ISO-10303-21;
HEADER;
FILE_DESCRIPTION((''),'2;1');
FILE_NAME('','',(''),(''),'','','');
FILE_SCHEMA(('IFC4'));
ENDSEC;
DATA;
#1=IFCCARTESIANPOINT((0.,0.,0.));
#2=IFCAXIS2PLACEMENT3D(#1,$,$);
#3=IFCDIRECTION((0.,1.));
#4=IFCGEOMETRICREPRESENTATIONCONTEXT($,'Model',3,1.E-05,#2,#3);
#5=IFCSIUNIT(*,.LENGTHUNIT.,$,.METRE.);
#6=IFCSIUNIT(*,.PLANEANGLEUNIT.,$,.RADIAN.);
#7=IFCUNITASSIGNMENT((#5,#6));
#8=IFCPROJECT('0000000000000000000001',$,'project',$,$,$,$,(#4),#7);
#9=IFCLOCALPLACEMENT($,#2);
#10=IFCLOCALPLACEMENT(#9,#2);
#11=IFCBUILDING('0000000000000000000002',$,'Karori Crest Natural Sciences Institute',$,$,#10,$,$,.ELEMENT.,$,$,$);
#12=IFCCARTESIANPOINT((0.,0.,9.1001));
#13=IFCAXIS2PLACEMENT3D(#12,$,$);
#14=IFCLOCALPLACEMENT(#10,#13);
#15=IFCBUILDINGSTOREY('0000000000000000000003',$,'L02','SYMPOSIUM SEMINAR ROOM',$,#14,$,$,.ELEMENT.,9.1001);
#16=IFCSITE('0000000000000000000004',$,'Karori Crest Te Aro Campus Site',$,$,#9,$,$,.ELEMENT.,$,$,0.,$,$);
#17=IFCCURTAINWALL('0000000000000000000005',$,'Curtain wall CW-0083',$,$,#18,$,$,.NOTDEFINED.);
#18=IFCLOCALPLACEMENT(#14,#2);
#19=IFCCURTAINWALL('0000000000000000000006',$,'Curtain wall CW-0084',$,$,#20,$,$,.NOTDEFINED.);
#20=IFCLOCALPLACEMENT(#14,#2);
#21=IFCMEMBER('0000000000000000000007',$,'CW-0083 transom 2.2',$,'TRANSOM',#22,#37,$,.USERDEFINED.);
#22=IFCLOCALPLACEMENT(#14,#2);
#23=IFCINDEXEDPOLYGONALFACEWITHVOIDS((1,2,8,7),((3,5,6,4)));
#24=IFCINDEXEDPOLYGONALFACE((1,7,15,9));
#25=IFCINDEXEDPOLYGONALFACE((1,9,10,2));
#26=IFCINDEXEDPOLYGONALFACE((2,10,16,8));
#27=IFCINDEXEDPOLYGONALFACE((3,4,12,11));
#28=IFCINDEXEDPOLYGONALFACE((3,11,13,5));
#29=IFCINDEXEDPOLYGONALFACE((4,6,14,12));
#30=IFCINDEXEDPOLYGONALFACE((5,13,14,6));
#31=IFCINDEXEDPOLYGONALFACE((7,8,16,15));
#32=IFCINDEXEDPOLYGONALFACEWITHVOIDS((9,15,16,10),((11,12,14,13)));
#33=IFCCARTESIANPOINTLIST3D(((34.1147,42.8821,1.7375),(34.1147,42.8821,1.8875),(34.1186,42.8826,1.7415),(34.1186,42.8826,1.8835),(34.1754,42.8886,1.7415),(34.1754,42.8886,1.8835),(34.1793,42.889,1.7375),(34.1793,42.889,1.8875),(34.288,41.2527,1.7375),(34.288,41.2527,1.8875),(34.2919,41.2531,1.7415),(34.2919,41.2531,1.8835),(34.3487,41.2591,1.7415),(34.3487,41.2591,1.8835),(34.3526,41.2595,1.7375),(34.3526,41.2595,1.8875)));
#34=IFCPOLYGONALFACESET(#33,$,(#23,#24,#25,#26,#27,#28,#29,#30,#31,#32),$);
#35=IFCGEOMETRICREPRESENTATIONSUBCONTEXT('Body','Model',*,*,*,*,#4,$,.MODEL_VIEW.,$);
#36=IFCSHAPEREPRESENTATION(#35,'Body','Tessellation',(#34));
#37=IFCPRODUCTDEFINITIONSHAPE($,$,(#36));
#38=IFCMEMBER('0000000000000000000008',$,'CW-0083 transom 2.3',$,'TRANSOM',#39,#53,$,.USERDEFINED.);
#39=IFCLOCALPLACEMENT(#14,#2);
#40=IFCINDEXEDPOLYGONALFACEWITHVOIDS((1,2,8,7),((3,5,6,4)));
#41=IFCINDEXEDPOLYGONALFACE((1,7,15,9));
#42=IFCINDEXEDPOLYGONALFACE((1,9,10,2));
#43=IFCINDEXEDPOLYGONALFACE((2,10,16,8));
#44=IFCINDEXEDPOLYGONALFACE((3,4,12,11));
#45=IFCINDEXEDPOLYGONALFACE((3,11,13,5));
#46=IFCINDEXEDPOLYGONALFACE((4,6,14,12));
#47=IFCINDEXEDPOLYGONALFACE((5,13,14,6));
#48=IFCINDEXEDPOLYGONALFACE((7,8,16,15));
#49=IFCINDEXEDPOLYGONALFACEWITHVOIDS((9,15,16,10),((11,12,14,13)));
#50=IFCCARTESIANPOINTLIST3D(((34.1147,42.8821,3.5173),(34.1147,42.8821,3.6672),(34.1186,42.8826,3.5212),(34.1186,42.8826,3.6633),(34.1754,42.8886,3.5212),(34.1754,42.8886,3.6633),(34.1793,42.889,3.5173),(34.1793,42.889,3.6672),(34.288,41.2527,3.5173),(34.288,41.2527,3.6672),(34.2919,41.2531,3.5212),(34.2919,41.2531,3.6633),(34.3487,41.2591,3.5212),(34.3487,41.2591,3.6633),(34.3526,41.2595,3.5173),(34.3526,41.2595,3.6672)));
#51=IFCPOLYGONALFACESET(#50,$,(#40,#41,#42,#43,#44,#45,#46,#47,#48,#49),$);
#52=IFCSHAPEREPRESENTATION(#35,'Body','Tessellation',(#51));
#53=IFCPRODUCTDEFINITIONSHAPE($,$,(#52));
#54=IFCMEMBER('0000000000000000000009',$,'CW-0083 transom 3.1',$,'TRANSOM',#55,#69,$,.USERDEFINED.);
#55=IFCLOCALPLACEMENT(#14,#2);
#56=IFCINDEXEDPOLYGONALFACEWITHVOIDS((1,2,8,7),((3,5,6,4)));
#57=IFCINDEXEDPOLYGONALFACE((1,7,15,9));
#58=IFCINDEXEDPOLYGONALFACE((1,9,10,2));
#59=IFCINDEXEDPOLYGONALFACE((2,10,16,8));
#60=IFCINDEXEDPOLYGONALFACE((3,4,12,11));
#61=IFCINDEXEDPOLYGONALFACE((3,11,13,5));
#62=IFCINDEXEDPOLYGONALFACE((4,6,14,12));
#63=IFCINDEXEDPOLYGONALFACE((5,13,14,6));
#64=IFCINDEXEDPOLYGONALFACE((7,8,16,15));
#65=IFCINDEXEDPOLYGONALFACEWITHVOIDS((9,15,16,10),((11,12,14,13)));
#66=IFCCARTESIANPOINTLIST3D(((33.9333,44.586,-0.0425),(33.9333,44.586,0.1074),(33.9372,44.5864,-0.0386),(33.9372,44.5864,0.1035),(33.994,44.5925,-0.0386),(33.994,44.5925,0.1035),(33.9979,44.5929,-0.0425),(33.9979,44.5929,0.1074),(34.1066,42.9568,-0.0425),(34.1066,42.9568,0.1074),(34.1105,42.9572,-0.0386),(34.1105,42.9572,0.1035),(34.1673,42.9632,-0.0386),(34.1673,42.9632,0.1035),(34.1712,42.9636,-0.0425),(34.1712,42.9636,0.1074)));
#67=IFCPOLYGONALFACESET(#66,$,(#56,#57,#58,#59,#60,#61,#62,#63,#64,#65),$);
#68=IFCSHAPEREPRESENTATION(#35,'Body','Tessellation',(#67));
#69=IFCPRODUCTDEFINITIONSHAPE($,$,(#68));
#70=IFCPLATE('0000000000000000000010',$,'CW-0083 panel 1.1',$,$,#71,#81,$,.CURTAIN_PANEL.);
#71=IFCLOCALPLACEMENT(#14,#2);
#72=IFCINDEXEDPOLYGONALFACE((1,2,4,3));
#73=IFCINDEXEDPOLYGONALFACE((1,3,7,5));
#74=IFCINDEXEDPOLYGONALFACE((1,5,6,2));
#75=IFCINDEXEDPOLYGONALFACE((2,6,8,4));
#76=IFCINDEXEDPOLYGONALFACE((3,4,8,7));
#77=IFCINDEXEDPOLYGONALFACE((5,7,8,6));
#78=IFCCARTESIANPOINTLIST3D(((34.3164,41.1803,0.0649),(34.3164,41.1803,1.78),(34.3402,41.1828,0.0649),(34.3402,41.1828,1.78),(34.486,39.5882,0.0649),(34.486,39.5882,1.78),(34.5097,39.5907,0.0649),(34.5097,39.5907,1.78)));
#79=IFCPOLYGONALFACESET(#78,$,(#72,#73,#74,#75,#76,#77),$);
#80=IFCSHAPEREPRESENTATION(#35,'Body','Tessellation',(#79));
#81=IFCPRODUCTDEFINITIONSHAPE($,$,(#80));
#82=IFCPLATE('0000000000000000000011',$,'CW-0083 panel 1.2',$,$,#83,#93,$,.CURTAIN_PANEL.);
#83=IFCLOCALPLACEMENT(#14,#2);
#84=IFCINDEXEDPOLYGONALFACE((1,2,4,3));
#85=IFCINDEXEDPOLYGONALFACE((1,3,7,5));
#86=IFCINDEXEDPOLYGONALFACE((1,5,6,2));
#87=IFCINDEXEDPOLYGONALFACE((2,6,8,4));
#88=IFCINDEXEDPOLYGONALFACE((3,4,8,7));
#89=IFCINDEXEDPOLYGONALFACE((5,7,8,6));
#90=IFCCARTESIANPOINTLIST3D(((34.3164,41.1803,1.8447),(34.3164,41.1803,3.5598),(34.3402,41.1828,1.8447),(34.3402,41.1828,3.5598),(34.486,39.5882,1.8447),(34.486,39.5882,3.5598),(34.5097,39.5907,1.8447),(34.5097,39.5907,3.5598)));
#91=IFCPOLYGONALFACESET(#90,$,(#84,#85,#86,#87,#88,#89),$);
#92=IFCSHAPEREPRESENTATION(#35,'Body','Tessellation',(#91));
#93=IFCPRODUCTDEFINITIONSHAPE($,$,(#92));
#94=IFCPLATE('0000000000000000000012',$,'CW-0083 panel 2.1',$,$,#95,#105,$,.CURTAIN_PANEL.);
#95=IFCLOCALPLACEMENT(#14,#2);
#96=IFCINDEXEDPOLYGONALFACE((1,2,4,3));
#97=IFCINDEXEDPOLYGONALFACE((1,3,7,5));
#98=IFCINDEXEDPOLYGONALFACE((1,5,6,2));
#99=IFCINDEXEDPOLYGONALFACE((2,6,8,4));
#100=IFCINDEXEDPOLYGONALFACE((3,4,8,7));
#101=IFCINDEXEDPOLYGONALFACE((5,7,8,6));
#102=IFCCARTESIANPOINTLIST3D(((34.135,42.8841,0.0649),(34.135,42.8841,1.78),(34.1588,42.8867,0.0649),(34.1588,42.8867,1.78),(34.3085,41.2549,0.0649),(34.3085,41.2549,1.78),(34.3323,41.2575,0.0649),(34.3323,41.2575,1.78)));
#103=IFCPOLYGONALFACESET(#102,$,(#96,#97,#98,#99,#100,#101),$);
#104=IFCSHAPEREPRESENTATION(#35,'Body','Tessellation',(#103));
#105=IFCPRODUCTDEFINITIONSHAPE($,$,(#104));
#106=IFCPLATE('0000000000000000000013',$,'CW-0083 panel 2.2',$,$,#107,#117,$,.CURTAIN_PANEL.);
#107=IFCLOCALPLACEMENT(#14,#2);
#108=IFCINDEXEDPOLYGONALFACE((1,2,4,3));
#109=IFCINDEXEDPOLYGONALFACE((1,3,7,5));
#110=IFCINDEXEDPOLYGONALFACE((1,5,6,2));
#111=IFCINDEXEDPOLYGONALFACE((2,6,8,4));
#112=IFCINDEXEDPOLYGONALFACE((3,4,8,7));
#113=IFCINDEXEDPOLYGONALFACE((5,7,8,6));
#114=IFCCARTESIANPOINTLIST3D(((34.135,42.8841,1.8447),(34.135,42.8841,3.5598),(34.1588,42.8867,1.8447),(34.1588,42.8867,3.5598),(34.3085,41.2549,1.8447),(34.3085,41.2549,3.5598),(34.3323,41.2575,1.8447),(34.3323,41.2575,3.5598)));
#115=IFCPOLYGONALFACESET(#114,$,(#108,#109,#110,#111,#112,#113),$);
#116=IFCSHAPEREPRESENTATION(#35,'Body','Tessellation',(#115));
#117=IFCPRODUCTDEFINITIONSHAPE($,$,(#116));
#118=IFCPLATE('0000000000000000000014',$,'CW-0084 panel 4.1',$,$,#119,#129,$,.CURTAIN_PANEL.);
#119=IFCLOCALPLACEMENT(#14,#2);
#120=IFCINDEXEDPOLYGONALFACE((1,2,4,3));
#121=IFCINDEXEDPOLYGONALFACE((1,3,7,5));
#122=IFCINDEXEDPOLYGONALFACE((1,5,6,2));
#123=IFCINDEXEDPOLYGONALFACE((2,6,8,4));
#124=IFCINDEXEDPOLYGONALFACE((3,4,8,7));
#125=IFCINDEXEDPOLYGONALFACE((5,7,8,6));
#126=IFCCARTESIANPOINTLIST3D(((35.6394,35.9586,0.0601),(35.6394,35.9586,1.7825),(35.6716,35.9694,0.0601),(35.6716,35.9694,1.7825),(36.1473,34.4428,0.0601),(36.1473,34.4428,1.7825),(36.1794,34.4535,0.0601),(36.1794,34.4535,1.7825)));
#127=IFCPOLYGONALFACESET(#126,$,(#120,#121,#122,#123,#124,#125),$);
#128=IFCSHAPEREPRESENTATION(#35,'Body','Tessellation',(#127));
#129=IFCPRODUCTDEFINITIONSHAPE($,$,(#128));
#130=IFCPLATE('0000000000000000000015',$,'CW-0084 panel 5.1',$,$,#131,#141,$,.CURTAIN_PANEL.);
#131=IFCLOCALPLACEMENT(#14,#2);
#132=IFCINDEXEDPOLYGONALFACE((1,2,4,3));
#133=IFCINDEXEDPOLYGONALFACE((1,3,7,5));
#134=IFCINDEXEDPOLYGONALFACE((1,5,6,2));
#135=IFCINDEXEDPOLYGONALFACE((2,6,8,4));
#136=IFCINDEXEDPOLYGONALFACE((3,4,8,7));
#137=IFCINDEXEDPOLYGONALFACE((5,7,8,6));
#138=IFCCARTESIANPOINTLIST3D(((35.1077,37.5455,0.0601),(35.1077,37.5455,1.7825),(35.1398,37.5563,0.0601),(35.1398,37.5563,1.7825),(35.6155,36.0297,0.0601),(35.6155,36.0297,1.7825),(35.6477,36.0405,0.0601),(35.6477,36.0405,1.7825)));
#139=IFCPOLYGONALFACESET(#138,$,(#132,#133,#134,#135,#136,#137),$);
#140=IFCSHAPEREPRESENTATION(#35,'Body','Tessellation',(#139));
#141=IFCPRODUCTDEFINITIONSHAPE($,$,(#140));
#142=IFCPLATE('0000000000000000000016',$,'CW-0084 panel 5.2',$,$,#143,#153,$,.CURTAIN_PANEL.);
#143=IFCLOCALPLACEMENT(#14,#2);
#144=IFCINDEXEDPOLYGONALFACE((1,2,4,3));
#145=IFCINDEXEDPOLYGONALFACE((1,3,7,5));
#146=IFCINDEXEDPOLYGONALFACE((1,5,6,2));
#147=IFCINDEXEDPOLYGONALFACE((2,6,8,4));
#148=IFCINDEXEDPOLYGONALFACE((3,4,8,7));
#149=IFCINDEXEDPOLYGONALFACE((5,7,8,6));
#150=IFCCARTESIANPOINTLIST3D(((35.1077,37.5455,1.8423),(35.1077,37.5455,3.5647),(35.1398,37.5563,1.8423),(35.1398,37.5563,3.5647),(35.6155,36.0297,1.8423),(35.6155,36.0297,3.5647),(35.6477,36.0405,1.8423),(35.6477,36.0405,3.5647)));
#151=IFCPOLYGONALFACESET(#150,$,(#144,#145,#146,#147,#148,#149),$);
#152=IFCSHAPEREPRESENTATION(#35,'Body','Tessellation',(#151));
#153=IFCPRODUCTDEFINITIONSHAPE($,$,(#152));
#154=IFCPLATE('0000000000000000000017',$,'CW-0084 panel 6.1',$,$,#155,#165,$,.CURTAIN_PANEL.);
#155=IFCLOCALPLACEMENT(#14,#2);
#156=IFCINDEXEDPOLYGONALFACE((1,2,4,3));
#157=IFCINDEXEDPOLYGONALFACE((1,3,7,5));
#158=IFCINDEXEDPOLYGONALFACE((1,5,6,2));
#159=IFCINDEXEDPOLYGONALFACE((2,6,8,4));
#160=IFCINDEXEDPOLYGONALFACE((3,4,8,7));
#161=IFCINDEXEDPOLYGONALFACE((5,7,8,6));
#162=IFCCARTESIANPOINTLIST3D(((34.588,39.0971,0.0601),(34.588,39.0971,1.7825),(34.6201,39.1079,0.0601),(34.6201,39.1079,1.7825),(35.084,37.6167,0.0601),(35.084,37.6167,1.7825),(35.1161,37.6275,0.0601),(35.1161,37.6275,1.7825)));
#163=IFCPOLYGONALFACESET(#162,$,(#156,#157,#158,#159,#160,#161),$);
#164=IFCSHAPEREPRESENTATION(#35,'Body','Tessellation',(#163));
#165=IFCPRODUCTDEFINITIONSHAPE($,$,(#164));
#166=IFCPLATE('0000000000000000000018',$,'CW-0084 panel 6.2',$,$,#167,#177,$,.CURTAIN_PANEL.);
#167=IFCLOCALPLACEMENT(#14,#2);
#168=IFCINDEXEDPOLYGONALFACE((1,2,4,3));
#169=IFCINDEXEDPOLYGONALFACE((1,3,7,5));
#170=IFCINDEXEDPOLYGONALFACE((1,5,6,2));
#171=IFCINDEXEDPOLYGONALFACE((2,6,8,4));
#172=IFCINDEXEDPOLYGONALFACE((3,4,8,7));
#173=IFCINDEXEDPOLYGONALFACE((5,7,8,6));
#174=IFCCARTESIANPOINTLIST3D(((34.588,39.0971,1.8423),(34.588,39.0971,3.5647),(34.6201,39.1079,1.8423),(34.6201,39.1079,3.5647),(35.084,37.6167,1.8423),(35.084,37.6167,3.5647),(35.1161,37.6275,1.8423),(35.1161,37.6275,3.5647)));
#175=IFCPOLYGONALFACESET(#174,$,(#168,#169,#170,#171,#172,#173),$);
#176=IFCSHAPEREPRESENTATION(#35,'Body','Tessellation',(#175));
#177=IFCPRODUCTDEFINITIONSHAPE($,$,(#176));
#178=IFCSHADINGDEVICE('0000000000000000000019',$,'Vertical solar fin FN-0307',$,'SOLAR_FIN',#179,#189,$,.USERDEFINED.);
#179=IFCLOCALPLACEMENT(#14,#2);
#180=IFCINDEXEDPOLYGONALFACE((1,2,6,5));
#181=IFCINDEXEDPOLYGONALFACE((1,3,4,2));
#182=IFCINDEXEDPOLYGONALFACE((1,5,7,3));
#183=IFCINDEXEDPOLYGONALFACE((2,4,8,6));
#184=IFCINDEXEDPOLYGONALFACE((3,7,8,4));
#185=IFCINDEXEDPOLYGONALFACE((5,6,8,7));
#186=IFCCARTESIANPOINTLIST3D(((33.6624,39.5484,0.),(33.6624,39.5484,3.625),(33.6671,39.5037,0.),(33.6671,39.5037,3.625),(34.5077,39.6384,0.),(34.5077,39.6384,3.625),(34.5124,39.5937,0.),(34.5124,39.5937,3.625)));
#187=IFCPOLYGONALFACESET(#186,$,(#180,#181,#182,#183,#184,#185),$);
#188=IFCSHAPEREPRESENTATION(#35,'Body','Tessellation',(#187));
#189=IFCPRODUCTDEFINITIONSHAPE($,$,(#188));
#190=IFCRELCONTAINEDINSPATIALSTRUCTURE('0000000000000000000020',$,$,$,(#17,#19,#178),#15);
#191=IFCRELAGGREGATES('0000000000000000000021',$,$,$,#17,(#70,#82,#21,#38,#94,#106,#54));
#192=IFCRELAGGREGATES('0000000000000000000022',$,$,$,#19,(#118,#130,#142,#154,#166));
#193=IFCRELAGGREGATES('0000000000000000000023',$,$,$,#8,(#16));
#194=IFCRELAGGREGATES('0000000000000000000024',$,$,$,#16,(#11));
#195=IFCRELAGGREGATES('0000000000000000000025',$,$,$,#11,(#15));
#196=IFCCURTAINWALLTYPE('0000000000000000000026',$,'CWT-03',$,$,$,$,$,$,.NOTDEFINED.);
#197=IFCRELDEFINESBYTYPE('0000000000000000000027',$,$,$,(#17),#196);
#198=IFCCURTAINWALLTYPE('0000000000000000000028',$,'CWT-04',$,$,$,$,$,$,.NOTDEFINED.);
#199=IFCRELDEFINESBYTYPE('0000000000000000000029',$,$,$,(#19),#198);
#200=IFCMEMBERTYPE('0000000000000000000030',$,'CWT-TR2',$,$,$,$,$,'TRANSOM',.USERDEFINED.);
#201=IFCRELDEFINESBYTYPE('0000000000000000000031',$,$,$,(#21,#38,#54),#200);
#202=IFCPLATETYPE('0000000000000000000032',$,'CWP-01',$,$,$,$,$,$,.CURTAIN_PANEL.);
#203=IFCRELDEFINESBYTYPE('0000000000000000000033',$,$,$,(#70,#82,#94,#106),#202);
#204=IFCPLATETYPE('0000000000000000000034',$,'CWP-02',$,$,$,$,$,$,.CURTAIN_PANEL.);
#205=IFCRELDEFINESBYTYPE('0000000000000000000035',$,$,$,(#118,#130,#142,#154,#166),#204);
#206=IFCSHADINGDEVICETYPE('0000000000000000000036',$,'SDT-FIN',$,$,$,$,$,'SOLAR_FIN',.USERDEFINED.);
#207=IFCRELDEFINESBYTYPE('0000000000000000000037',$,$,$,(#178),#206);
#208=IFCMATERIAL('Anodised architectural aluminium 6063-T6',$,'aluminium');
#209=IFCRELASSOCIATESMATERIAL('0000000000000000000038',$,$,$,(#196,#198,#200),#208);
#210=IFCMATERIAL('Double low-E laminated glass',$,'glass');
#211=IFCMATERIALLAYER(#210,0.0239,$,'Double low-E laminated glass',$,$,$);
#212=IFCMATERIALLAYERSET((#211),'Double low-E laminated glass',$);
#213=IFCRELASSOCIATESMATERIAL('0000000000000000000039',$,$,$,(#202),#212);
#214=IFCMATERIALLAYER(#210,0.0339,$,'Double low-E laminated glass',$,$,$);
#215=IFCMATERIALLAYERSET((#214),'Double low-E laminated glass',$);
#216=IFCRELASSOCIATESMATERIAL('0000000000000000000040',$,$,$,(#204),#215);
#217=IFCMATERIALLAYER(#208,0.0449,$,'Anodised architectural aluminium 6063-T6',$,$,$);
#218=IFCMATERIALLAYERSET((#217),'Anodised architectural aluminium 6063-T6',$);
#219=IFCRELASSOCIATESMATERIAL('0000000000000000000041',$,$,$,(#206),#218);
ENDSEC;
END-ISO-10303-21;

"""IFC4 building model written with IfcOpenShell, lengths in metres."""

from ifc_helpers import new_model, si_unit, direction, frame, origin, origin_2d, place, context, subcontext, project, spatial, rectangle, hollow_rectangle, extrude, material, layer, layer_set, material_profile, profile_set, type_object, element, aggregate, save


model = new_model("IFC4")

# Units and contexts
model_context = context("Model", 3, precision=1e-05, world=origin(), true_north=direction((0.0, 1.0)))
body_context = subcontext(model_context, "Body", "Model", "MODEL_VIEW")
ifc_project = project(units=[si_unit("LENGTHUNIT", "METRE"), si_unit("PLANEANGLEUNIT", "RADIAN")], contexts=[model_context])

# Site, building, storey
site_placement = place(None, origin())
site = spatial("IfcSite", under=ifc_project, at=site_placement, Name="Karori Crest Te Aro Campus Site", CompositionType="ELEMENT", RefElevation=0.0)
building_placement = place(site_placement, origin())
building = spatial("IfcBuilding", under=site, at=building_placement, Name="Karori Crest Natural Sciences Institute", CompositionType="ELEMENT")
storey_placement = place(building_placement, frame((0.0, 0.0, 9.1001)))
storey = spatial("IfcBuildingStorey", under=building, at=storey_placement, Name="L02", Description="SYMPOSIUM SEMINAR ROOM", CompositionType="ELEMENT", Elevation=9.1001)

# Curtain walls
ifc_material_1 = material(Name="Anodised architectural aluminium 6063-T6", Category="aluminium")
curtain_wall_type_1 = type_object("IfcCurtainWallType", Name="CWT-03", PredefinedType="NOTDEFINED", material=ifc_material_1)
curtain_wall_1_placement = place(storey_placement, origin())
curtain_wall_1 = element("IfcCurtainWall", 1, at=curtain_wall_1_placement, inside=storey, type_object=curtain_wall_type_1, Name="Curtain wall CW-0083", PredefinedType="NOTDEFINED")
curtain_wall_type_2 = type_object("IfcCurtainWallType", Name="CWT-04", PredefinedType="NOTDEFINED", material=ifc_material_1)
curtain_wall_2_placement = place(storey_placement, origin())
curtain_wall_2 = element("IfcCurtainWall", 2, at=curtain_wall_2_placement, inside=storey, type_object=curtain_wall_type_2, Name="Curtain wall CW-0084", PredefinedType="NOTDEFINED")

# Members
ifc_material_profile_1 = material_profile(ifc_material_1, hollow_rectangle(XDim=0.0649, YDim=0.1499, WallThickness=0.0039, at=origin_2d()), Name="CWT150x65x4")
ifc_profile_set_1 = profile_set([ifc_material_profile_1], Name="Anodised architectural aluminium 6063-T6")
member_type_1 = type_object("IfcMemberType", Name="CWT-TR2", ElementType="TRANSOM", PredefinedType="USERDEFINED", material=ifc_profile_set_1)
member_1_placement = place(storey_placement, frame((34.3203, 41.2561, 1.8125), z_axis=(-0.105786, 0.994389, 0.0), x_axis=(-0.994389, -0.105786, 0.0)))
member_1 = element("IfcMember", 3, at=member_1_placement, type_object=member_type_1, Name="CW-0083 transom 2.2", ObjectType="TRANSOM", PredefinedType="USERDEFINED", context=body_context, shape_type="SweptSolid", body=[
    extrude(hollow_rectangle(XDim=0.0649, YDim=0.1499, WallThickness=0.0039, at=origin_2d()), origin(), (0.0, 0.0, 1.0), 1.6387),
])
member_2_placement = place(storey_placement, frame((34.3203, 41.2561, 3.5923), z_axis=(-0.105786, 0.994389, 0.0), x_axis=(-0.994389, -0.105786, 0.0)))
member_2 = element("IfcMember", 4, at=member_2_placement, type_object=member_type_1, Name="CW-0083 transom 2.3", ObjectType="TRANSOM", PredefinedType="USERDEFINED", context=body_context, shape_type="SweptSolid", body=[
    extrude(hollow_rectangle(XDim=0.0649, YDim=0.1499, WallThickness=0.0039, at=origin_2d()), origin(), (0.0, 0.0, 1.0), 1.6387),
])
member_3_placement = place(storey_placement, frame((34.1389, 42.9602, 0.0325), z_axis=(-0.105802, 0.994387, 0.0), x_axis=(-0.994387, -0.105802, 0.0)))
member_3 = element("IfcMember", 5, at=member_3_placement, type_object=member_type_1, Name="CW-0083 transom 3.1", ObjectType="TRANSOM", PredefinedType="USERDEFINED", context=body_context, shape_type="SweptSolid", body=[
    extrude(hollow_rectangle(XDim=0.0649, YDim=0.1499, WallThickness=0.0039, at=origin_2d()), origin(), (0.0, 0.0, 1.0), 1.6384),
])

# Plates
ifc_material_2 = material(Name="Double low-E laminated glass", Category="glass")
ifc_layer_1 = layer(ifc_material_2, 0.0239, Name="Double low-E laminated glass")
ifc_layer_set_1 = layer_set([ifc_layer_1], Name="Double low-E laminated glass")
plate_type_1 = type_object("IfcPlateType", Name="CWP-01", PredefinedType="CURTAIN_PANEL", material=ifc_layer_set_1)
plate_1_placement = place(storey_placement, frame((34.4131, 40.3855, 0.0649), z_axis=(0.0, 0.0, 1.0), x_axis=(-0.105882, 0.994379, 0.0)))
plate_1 = element("IfcPlate", 6, at=plate_1_placement, type_object=plate_type_1, Name="CW-0083 panel 1.1", PredefinedType="CURTAIN_PANEL", context=body_context, shape_type="SweptSolid", body=[
    extrude(rectangle(XDim=1.6011, YDim=0.0239, at=origin_2d()), origin(), (0.0, 0.0, 1.0), 1.7151),
])
plate_2_placement = place(storey_placement, frame((34.4131, 40.3855, 1.8447), z_axis=(0.0, 0.0, 1.0), x_axis=(-0.105882, 0.994379, 0.0)))
plate_2 = element("IfcPlate", 7, at=plate_2_placement, type_object=plate_type_1, Name="CW-0083 panel 1.2", PredefinedType="CURTAIN_PANEL", context=body_context, shape_type="SweptSolid", body=[
    extrude(rectangle(XDim=1.6011, YDim=0.0239, at=origin_2d()), origin(), (0.0, 0.0, 1.0), 1.7151),
])
plate_3_placement = place(storey_placement, frame((34.2336, 42.0708, 0.0649), z_axis=(0.0, 0.0, 1.0), x_axis=(-0.105882, 0.994379, 0.0)))
plate_3 = element("IfcPlate", 8, at=plate_3_placement, type_object=plate_type_1, Name="CW-0083 panel 2.1", PredefinedType="CURTAIN_PANEL", context=body_context, shape_type="SweptSolid", body=[
    extrude(rectangle(XDim=1.6384, YDim=0.0239, at=origin_2d()), origin(), (0.0, 0.0, 1.0), 1.7151),
])
plate_4_placement = place(storey_placement, frame((34.2336, 42.0708, 1.8447), z_axis=(0.0, 0.0, 1.0), x_axis=(-0.105882, 0.994379, 0.0)))
plate_4 = element("IfcPlate", 9, at=plate_4_placement, type_object=plate_type_1, Name="CW-0083 panel 2.2", PredefinedType="CURTAIN_PANEL", context=body_context, shape_type="SweptSolid", body=[
    extrude(rectangle(XDim=1.6384, YDim=0.0239, at=origin_2d()), origin(), (0.0, 0.0, 1.0), 1.7151),
])
aggregate(curtain_wall_1, [plate_1, plate_2, member_1, member_2, plate_3, plate_4, member_3])
ifc_layer_2 = layer(ifc_material_2, 0.0339, Name="Double low-E laminated glass")
ifc_layer_set_2 = layer_set([ifc_layer_2], Name="Double low-E laminated glass")
plate_type_2 = type_object("IfcPlateType", Name="CWP-02", PredefinedType="CURTAIN_PANEL", material=ifc_layer_set_2)
plate_5_placement = place(storey_placement, frame((35.9094, 35.2061, 0.0601), z_axis=(0.0, 0.0, 1.0), x_axis=(-0.317685, 0.948196, 0.0)))
plate_5 = element("IfcPlate", 10, at=plate_5_placement, type_object=plate_type_2, Name="CW-0084 panel 4.1", PredefinedType="CURTAIN_PANEL", context=body_context, shape_type="SweptSolid", body=[
    extrude(rectangle(XDim=1.5986, YDim=0.0339, at=origin_2d()), origin(), (0.0, 0.0, 1.0), 1.7224),
])
plate_6_placement = place(storey_placement, frame((35.3777, 36.793, 0.0601), z_axis=(0.0, 0.0, 1.0), x_axis=(-0.317685, 0.948196, 0.0)))
plate_6 = element("IfcPlate", 11, at=plate_6_placement, type_object=plate_type_2, Name="CW-0084 panel 5.1", PredefinedType="CURTAIN_PANEL", context=body_context, shape_type="SweptSolid", body=[
    extrude(rectangle(XDim=1.5986, YDim=0.0339, at=origin_2d()), origin(), (0.0, 0.0, 1.0), 1.7224),
])
plate_7_placement = place(storey_placement, frame((35.3777, 36.793, 1.8423), z_axis=(0.0, 0.0, 1.0), x_axis=(-0.317685, 0.948196, 0.0)))
plate_7 = element("IfcPlate", 12, at=plate_7_placement, type_object=plate_type_2, Name="CW-0084 panel 5.2", PredefinedType="CURTAIN_PANEL", context=body_context, shape_type="SweptSolid", body=[
    extrude(rectangle(XDim=1.5986, YDim=0.0339, at=origin_2d()), origin(), (0.0, 0.0, 1.0), 1.7224),
])
plate_8_placement = place(storey_placement, frame((34.8521, 38.3623, 0.0601), z_axis=(0.0, 0.0, 1.0), x_axis=(-0.317685, 0.948196, 0.0)))
plate_8 = element("IfcPlate", 13, at=plate_8_placement, type_object=plate_type_2, Name="CW-0084 panel 6.1", PredefinedType="CURTAIN_PANEL", context=body_context, shape_type="SweptSolid", body=[
    extrude(rectangle(XDim=1.5613, YDim=0.0339, at=origin_2d()), origin(), (0.0, 0.0, 1.0), 1.7224),
])
plate_9_placement = place(storey_placement, frame((34.8521, 38.3623, 1.8423), z_axis=(0.0, 0.0, 1.0), x_axis=(-0.317685, 0.948196, 0.0)))
plate_9 = element("IfcPlate", 14, at=plate_9_placement, type_object=plate_type_2, Name="CW-0084 panel 6.2", PredefinedType="CURTAIN_PANEL", context=body_context, shape_type="SweptSolid", body=[
    extrude(rectangle(XDim=1.5613, YDim=0.0339, at=origin_2d()), origin(), (0.0, 0.0, 1.0), 1.7224),
])
aggregate(curtain_wall_2, [plate_5, plate_6, plate_7, plate_8, plate_9])

# Shading device
ifc_layer_3 = layer(ifc_material_1, 0.0449, Name="Anodised architectural aluminium 6063-T6")
ifc_layer_set_3 = layer_set([ifc_layer_3], Name="Anodised architectural aluminium 6063-T6")
shading_device_type = type_object("IfcShadingDeviceType", Name="SDT-FIN", ElementType="SOLAR_FIN", PredefinedType="USERDEFINED", material=ifc_layer_set_3)
for number, where, z_axis, x_axis, name in (
    (15, (34.0874, 39.571, 0.0), (0.0, 0.0, 1.0), (-0.994379, -0.105882, 0.0), "Vertical solar fin FN-0307"),
):
    element("IfcShadingDevice", number, at=place(storey_placement, frame(where, z_axis=z_axis, x_axis=x_axis)), inside=storey, type_object=shading_device_type, Name=name, ObjectType="SOLAR_FIN", PredefinedType="USERDEFINED", context=body_context, shape_type="SweptSolid", body=[
        extrude(rectangle(XDim=0.8501, YDim=0.0449, at=origin_2d()), origin(), (0.0, 0.0, 1.0), 3.625),
    ])

save(model, "model.ifc")
